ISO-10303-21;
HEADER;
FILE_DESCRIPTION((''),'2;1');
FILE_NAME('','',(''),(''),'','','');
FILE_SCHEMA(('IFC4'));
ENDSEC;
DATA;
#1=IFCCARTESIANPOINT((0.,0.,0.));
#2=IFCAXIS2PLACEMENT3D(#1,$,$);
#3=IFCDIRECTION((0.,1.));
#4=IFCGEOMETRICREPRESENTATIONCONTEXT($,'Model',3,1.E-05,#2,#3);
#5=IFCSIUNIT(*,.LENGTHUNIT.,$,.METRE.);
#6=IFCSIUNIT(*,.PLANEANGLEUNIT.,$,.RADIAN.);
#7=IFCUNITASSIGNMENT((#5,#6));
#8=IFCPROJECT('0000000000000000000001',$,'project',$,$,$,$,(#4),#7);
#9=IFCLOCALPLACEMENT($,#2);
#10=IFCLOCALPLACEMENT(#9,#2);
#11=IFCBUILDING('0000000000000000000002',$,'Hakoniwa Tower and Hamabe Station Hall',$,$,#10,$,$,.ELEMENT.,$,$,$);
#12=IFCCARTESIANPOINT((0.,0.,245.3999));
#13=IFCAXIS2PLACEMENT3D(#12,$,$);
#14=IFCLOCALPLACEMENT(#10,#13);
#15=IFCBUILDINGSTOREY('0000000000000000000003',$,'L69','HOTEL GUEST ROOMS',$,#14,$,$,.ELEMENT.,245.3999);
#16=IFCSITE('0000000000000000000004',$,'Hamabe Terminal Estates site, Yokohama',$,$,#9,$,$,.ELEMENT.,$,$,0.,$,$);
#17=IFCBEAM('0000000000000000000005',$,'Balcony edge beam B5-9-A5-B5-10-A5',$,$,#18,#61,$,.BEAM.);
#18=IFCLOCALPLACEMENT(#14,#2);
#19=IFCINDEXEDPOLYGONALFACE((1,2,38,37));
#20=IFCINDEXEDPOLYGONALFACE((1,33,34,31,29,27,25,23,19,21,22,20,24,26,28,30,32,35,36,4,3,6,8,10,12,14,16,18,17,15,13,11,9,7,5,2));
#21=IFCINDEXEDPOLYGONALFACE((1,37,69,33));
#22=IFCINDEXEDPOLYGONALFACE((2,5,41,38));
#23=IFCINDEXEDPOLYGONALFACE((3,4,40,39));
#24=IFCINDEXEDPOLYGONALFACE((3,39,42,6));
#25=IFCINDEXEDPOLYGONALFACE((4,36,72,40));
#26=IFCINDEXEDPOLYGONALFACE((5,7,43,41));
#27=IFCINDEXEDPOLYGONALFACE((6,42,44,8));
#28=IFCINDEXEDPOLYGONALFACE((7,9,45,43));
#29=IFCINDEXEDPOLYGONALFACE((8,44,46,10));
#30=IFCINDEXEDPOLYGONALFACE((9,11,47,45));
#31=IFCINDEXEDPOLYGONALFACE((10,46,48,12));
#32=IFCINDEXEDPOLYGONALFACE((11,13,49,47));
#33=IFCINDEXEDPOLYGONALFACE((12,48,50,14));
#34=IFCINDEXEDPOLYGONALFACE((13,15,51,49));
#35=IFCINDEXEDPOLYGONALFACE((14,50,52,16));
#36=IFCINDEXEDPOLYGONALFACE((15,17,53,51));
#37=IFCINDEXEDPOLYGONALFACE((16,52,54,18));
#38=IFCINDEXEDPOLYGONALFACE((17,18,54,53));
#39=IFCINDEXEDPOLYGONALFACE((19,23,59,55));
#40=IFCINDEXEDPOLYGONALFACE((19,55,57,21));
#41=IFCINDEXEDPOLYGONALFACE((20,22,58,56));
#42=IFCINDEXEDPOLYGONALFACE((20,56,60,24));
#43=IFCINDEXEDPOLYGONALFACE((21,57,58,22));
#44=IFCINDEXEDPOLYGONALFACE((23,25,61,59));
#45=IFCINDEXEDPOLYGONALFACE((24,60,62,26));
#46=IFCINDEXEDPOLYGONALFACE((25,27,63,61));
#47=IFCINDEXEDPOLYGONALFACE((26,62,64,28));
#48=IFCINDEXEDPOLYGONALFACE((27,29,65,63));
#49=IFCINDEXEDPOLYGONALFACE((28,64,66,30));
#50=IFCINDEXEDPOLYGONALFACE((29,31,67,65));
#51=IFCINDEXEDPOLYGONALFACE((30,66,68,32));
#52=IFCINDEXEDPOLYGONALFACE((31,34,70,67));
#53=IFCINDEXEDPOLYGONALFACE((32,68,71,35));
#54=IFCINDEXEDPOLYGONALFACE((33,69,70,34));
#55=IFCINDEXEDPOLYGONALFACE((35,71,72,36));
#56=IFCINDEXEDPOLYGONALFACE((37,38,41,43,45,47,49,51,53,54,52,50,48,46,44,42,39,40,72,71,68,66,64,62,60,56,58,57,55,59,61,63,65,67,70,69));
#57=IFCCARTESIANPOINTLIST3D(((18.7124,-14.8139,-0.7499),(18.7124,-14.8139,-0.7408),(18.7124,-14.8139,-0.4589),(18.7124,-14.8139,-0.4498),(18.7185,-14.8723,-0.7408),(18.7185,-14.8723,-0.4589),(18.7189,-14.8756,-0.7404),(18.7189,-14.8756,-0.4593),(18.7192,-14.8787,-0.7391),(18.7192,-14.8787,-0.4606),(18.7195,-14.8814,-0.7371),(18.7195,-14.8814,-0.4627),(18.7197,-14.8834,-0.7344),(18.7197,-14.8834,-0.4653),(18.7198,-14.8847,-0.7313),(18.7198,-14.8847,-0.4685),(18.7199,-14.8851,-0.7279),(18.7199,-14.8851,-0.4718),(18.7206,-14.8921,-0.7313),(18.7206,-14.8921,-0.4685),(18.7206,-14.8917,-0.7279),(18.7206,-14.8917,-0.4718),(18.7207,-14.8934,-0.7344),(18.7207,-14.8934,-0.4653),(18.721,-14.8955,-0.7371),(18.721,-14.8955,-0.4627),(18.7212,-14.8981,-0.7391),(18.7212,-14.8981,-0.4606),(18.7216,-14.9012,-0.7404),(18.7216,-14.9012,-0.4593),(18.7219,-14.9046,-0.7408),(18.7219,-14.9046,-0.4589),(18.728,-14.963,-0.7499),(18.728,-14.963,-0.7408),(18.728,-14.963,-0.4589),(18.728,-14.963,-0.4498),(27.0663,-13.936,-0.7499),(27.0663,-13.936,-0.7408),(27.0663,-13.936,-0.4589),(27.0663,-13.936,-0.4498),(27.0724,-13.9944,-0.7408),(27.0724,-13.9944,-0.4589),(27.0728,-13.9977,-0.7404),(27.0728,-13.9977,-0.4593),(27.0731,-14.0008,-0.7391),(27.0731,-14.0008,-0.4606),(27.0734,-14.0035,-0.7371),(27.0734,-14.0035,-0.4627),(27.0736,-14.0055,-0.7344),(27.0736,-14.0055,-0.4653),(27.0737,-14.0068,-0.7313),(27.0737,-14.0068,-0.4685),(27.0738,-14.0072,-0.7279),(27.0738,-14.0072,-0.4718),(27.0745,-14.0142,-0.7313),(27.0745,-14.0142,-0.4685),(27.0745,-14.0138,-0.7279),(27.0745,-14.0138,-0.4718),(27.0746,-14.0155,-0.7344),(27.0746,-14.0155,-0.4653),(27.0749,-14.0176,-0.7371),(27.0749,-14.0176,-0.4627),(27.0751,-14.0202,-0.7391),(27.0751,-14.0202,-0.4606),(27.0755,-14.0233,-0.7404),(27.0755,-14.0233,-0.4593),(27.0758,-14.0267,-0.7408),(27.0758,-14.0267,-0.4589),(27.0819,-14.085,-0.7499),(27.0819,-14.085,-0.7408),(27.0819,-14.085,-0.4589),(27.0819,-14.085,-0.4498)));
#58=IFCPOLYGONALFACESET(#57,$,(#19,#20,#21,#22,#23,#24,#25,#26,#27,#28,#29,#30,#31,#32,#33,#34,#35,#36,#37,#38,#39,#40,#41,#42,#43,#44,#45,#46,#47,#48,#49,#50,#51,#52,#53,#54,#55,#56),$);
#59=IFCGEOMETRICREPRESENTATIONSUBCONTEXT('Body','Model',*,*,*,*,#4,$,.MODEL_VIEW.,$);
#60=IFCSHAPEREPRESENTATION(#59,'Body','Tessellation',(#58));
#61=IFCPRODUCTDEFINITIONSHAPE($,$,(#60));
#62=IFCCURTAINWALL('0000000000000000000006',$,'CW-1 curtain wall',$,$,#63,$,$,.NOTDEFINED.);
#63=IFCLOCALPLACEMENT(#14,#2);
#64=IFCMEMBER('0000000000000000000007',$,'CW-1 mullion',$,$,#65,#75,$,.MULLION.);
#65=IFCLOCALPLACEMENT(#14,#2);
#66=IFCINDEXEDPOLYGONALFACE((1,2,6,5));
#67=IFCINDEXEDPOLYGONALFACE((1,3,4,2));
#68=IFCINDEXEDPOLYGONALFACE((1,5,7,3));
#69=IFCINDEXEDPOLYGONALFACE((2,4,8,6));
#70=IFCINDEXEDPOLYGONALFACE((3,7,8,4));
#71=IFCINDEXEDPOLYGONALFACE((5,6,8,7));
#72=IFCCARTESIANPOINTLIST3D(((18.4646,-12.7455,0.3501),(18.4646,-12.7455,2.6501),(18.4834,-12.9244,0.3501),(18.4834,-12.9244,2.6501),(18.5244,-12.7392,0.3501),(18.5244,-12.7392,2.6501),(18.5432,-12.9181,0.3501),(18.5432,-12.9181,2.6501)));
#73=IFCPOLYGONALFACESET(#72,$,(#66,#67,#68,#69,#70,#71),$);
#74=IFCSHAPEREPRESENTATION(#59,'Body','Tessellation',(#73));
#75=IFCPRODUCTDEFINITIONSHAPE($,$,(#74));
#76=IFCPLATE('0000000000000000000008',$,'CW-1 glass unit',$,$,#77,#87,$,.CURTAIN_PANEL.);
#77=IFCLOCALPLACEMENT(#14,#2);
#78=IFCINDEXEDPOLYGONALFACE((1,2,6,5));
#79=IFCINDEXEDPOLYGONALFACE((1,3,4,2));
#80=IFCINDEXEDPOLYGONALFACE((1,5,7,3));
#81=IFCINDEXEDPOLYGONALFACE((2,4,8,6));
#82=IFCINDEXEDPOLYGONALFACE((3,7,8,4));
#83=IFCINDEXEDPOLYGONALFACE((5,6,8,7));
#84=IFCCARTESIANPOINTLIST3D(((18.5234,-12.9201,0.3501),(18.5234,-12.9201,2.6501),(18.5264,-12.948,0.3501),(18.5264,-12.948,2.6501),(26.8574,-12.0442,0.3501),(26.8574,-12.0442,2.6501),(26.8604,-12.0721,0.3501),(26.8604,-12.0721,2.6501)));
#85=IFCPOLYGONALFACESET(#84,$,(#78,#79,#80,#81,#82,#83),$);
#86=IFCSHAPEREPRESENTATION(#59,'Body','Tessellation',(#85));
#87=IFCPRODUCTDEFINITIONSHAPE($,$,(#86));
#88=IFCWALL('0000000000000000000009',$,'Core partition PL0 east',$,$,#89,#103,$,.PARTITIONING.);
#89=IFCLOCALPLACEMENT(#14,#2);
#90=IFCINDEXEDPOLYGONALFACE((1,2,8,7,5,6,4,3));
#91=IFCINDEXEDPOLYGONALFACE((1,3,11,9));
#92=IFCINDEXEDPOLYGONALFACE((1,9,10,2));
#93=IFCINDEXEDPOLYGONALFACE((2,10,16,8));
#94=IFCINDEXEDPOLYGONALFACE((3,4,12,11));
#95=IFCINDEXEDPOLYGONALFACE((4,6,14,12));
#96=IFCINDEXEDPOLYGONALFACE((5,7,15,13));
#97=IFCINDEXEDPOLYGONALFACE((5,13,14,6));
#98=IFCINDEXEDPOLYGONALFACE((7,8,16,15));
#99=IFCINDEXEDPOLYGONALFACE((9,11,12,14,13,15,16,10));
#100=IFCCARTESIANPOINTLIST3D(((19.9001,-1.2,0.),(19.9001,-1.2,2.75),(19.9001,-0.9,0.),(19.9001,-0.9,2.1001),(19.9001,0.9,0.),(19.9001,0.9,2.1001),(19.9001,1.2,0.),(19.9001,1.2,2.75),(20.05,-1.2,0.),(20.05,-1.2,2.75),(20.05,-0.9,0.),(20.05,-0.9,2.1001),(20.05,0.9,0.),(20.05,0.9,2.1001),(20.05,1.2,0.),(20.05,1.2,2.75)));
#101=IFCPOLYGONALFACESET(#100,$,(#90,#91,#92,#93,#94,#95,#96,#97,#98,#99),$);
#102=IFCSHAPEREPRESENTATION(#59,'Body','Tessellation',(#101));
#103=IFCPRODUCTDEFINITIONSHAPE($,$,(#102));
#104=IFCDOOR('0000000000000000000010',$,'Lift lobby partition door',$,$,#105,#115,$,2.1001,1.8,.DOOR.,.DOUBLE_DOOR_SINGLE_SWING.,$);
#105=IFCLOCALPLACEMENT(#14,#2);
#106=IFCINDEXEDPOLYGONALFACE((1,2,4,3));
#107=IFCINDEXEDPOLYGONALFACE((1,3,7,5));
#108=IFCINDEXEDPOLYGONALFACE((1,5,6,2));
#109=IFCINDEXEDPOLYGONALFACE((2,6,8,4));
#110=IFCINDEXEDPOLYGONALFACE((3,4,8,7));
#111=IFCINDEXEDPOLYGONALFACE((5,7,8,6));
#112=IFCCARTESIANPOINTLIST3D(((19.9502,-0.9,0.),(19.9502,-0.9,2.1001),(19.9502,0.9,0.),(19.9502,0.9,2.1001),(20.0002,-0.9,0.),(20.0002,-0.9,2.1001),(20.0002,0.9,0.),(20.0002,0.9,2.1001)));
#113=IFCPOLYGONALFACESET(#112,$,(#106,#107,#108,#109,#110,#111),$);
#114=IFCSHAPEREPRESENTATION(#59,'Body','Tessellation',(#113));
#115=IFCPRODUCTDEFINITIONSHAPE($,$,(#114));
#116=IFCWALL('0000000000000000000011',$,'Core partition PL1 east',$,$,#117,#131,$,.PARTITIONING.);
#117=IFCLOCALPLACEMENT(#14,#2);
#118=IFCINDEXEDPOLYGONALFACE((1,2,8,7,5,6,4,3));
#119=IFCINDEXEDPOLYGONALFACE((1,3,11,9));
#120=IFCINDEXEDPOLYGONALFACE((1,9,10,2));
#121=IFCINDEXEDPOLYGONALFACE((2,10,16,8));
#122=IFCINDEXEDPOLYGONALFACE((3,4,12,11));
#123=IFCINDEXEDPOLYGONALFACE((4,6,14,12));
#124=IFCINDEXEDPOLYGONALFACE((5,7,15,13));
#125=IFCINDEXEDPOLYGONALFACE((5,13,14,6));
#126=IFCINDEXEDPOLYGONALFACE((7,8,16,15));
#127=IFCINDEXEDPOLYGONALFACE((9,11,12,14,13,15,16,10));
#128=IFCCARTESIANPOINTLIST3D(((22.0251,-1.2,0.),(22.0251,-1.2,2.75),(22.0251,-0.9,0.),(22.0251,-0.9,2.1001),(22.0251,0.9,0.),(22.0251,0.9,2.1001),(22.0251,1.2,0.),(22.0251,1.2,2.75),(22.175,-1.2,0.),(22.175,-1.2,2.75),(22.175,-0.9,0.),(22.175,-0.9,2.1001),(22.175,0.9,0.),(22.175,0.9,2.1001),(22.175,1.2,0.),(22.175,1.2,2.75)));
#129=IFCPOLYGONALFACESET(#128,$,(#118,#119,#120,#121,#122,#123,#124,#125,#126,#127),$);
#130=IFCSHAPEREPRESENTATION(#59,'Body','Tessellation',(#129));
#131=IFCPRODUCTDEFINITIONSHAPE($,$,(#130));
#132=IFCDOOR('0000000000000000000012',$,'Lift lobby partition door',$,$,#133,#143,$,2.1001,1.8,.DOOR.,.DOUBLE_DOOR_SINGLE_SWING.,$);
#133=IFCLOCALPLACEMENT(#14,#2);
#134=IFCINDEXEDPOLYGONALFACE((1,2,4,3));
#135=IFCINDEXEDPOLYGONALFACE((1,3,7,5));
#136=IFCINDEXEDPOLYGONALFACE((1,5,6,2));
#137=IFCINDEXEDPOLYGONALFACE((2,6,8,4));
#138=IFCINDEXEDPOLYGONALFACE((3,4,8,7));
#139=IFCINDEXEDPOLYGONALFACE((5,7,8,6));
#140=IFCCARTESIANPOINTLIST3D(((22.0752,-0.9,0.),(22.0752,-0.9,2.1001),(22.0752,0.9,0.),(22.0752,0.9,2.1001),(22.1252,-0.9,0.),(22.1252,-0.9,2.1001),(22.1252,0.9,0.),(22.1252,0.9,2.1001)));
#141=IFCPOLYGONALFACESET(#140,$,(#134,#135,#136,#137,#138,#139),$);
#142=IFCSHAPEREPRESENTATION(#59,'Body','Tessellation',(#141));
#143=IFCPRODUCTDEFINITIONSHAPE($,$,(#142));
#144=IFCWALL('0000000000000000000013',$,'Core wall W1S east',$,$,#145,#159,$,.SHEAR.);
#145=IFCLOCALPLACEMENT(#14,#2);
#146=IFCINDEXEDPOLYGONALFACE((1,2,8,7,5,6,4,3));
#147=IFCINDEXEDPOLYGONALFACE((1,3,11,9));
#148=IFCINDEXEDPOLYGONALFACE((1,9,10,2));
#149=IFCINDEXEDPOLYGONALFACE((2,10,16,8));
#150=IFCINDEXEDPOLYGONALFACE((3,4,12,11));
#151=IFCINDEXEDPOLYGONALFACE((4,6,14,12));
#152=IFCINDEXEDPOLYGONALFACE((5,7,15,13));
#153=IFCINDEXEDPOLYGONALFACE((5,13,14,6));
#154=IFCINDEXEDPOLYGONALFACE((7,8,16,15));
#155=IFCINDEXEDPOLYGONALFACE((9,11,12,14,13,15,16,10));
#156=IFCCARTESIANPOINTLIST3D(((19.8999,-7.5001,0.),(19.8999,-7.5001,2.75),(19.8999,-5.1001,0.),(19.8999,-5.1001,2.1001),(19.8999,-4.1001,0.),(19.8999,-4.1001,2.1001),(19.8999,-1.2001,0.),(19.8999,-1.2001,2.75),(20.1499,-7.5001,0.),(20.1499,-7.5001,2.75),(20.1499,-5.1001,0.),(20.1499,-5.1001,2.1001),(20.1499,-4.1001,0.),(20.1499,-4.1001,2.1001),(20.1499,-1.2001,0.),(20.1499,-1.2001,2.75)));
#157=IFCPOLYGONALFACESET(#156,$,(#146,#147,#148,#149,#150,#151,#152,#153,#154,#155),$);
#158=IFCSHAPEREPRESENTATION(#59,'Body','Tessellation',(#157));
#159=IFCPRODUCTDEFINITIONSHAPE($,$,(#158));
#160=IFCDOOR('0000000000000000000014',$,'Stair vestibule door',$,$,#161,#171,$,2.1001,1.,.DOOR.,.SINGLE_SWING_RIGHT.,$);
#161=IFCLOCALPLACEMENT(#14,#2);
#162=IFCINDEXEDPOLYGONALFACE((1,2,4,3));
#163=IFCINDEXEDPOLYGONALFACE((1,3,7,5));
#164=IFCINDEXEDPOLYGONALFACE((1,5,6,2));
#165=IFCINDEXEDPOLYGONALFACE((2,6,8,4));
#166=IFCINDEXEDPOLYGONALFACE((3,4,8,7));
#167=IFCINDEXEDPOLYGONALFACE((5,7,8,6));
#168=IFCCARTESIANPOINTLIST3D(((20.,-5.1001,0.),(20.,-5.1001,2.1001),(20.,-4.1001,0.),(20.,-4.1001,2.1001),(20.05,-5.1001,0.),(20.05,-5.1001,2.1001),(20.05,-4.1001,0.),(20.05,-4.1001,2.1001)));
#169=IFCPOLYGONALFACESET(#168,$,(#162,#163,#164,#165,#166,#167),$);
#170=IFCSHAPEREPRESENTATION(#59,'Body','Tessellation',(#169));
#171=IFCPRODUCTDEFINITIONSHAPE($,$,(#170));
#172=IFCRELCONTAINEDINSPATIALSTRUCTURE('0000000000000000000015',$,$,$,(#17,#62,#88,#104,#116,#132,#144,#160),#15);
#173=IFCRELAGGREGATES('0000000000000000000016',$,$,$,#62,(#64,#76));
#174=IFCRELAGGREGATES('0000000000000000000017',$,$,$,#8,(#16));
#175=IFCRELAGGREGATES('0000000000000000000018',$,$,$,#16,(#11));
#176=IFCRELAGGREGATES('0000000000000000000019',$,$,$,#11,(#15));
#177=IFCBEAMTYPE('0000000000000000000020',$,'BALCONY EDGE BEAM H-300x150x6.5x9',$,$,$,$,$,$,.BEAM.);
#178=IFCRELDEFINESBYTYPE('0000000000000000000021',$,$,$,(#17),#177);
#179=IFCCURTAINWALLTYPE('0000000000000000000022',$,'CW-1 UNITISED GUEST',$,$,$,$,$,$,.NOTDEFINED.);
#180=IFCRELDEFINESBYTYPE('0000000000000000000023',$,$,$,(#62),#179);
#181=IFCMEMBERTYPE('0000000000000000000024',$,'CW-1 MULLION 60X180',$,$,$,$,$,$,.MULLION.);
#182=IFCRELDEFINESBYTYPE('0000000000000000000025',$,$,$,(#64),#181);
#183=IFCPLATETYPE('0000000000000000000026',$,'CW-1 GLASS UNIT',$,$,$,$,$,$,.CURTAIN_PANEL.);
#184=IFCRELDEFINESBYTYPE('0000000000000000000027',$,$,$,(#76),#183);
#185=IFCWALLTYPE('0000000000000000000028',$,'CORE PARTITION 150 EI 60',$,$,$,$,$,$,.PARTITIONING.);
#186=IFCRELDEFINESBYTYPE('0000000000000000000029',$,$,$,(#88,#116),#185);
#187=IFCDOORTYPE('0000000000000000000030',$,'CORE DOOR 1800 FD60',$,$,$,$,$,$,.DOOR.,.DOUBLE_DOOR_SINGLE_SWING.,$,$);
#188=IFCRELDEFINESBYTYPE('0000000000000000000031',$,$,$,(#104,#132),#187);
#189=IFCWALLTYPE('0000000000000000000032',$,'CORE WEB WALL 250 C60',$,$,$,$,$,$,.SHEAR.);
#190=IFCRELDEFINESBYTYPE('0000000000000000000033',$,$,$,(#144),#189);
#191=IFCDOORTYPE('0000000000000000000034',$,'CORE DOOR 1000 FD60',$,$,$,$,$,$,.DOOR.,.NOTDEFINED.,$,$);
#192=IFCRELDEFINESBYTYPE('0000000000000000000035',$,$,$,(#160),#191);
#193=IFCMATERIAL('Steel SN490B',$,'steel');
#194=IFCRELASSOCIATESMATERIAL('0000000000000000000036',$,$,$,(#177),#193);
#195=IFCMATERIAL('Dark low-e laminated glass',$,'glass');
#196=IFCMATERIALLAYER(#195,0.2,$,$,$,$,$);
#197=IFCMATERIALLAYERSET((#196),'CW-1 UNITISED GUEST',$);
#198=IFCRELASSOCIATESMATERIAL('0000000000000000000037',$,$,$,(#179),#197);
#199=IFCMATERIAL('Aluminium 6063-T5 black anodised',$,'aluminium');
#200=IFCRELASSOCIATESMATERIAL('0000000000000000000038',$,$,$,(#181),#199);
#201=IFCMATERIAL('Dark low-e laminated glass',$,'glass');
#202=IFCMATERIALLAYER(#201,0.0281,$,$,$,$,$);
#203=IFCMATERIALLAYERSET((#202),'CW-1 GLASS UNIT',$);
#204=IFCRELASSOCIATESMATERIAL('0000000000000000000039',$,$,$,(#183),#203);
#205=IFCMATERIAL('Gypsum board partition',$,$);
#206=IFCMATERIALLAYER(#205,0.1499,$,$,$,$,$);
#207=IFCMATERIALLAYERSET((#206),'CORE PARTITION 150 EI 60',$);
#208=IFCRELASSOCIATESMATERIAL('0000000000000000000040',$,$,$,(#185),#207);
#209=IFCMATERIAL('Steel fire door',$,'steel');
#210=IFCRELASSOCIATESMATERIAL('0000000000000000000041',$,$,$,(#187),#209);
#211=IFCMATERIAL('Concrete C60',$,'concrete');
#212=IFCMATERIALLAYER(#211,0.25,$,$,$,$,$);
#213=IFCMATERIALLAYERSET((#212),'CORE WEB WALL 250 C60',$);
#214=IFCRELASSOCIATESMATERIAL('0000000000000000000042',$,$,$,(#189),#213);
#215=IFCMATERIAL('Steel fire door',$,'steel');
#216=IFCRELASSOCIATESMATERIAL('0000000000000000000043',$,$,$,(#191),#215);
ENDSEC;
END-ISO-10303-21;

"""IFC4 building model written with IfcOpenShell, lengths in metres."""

from ifc_helpers import new_model, si_unit, direction, frame, frame_2d, origin, origin_2d, place, context, subcontext, project, spatial, rectangle, i_section, extrude, material, layer, layer_set, material_profile, profile_set, type_object, element, fill, aggregate, save


model = new_model("IFC4")

# Units and contexts
model_context = context("Model", 3, precision=1e-05, world=origin(), true_north=direction((0.0, 1.0)))
body_context = subcontext(model_context, "Body", "Model", "MODEL_VIEW")
ifc_project = project(units=[si_unit("LENGTHUNIT", "METRE"), si_unit("PLANEANGLEUNIT", "RADIAN")], contexts=[model_context])

# Site, building, storey
site_placement = place(None, origin())
site = spatial("IfcSite", under=ifc_project, at=site_placement, Name="Hamabe Terminal Estates site, Yokohama", CompositionType="ELEMENT", RefElevation=0.0)
building_placement = place(site_placement, origin())
building = spatial("IfcBuilding", under=site, at=building_placement, Name="Hakoniwa Tower and Hamabe Station Hall", CompositionType="ELEMENT")
storey_placement = place(building_placement, frame((0.0, 0.0, 245.3999)))
storey = spatial("IfcBuildingStorey", under=building, at=storey_placement, Name="L69", Description="HOTEL GUEST ROOMS", CompositionType="ELEMENT", Elevation=245.3999)

# Beam
ifc_material_1 = material(Name="Steel SN490B", Category="steel")
ifc_material_profile_1 = material_profile(ifc_material_1, i_section(OverallWidth=0.1499, OverallDepth=0.3, WebThickness=0.0066, FlangeThickness=0.009, FilletRadius=0.0129, at=origin_2d()), Name="H-300x150x6.5x9")
ifc_profile_set_1 = profile_set([ifc_material_profile_1], Name="Steel SN490B")
beam_type_1 = type_object("IfcBeamType", Name="BALCONY EDGE BEAM H-300x150x6.5x9", PredefinedType="BEAM", material=ifc_profile_set_1)
beam_placement = place(storey_placement, frame((18.7202, -14.8884, -0.5999), z_axis=(0.994523, 0.104515, 0.0), x_axis=(-0.104515, 0.994523, 0.0)))
element("IfcBeam", 1, at=beam_placement, inside=storey, type_object=beam_type_1, Name="Balcony edge beam B5-9-A5-B5-10-A5", PredefinedType="BEAM", context=body_context, shape_type="SweptSolid", body=[
    extrude(i_section(OverallWidth=0.1499, OverallDepth=0.3, WebThickness=0.0066, FlangeThickness=0.009, FilletRadius=0.0129, at=origin_2d()), origin(), (0.0, 0.0, 1.0), 8.3999),
])

# Curtain wall, member, plate
ifc_material_2 = material(Name="Dark low-e laminated glass", Category="glass")
ifc_layer_1 = layer(ifc_material_2, 0.2)
ifc_layer_set_1 = layer_set([ifc_layer_1], Name="CW-1 UNITISED GUEST")
curtain_wall_type = type_object("IfcCurtainWallType", Name="CW-1 UNITISED GUEST", PredefinedType="NOTDEFINED", material=ifc_layer_set_1)
curtain_wall_placement = place(storey_placement, origin())
curtain_wall = element("IfcCurtainWall", 2, at=curtain_wall_placement, inside=storey, type_object=curtain_wall_type, Name="CW-1 curtain wall", PredefinedType="NOTDEFINED")
ifc_material_3 = material(Name="Aluminium 6063-T5 black anodised", Category="aluminium")
ifc_material_profile_2 = material_profile(ifc_material_3, rectangle(XDim=0.0601, YDim=0.1799, at=origin_2d()), Name="CW-1 MULLION 60X180")
ifc_profile_set_2 = profile_set([ifc_material_profile_2], Name="Aluminium 6063-T5 black anodised")
member_type = type_object("IfcMemberType", Name="CW-1 MULLION 60X180", PredefinedType="MULLION", material=ifc_profile_set_2)
member_placement = place(storey_placement, frame((18.5039, -12.8318, 0.3501), z_axis=(0.0, 0.0, 1.0), x_axis=(0.994522, 0.104528, 0.0)))
member = element("IfcMember", 3, at=member_placement, type_object=member_type, Name="CW-1 mullion", PredefinedType="MULLION", context=body_context, shape_type="SweptSolid", body=[
    extrude(rectangle(XDim=0.0601, YDim=0.1799, at=origin_2d()), origin(), (0.0, 0.0, 1.0), 2.3),
])
ifc_material_4 = material(Name="Dark low-e laminated glass", Category="glass")
ifc_layer_2 = layer(ifc_material_4, 0.0281)
ifc_layer_set_2 = layer_set([ifc_layer_2], Name="CW-1 GLASS UNIT")
plate_type = type_object("IfcPlateType", Name="CW-1 GLASS UNIT", PredefinedType="CURTAIN_PANEL", material=ifc_layer_set_2)
plate_placement = place(storey_placement, frame((22.6919, -12.4961, 0.3501), z_axis=(0.0, 0.0, 1.0), x_axis=(0.994522, 0.104528, 0.0)))
plate = element("IfcPlate", 4, at=plate_placement, type_object=plate_type, Name="CW-1 glass unit", PredefinedType="CURTAIN_PANEL", context=body_context, shape_type="SweptSolid", body=[
    extrude(rectangle(XDim=8.3799, YDim=0.0281, at=origin_2d()), origin(), (0.0, 0.0, 1.0), 2.3),
])
aggregate(curtain_wall, [member, plate])

# Walls, openings, doors
ifc_material_5 = material(Name="Gypsum board partition")
ifc_layer_3 = layer(ifc_material_5, 0.1499)
ifc_layer_set_3 = layer_set([ifc_layer_3], Name="CORE PARTITION 150 EI 60")
wall_type_1 = type_object("IfcWallType", Name="CORE PARTITION 150 EI 60", PredefinedType="PARTITIONING", material=ifc_layer_set_3)
wall_1_placement = place(storey_placement, frame((19.9751, -1.2, 0.0), z_axis=(0.0, 0.0, 1.0), x_axis=(0.0, 1.0, 0.0)))
wall_1 = element("IfcWall", 5, at=wall_1_placement, inside=storey, type_object=wall_type_1, Name="Core partition PL0 east", PredefinedType="PARTITIONING", context=body_context, shape_type="SweptSolid", body=[
    extrude(rectangle(XDim=2.3999, YDim=0.1499, at=frame_2d((1.2, 0.0))), origin(), (0.0, 0.0, 1.0), 2.75),
])
opening_1_placement = place(wall_1_placement, frame((0.3, 0.0, 0.0)))
opening_1 = element("IfcOpeningElement", 6, at=opening_1_placement, cuts=wall_1, PredefinedType="OPENING", context=body_context, shape_type="SweptSolid", body=[
    extrude(rectangle(XDim=1.8, YDim=2.1001, at=frame_2d((0.8999, 1.05))), frame((0.0, 0.085, 0.0), z_axis=(0.0, -1.0, 0.0), x_axis=(1.0, 0.0, 0.0)), (0.0, 0.0, 1.0), 0.1699),
])
ifc_material_6 = material(Name="Steel fire door", Category="steel")
door_type_1 = type_object("IfcDoorType", Name="CORE DOOR 1800 FD60", OperationType="DOUBLE_DOOR_SINGLE_SWING", PredefinedType="DOOR", material=ifc_material_6)
door_1_placement = place(opening_1_placement, origin())
door_1 = element("IfcDoor", 7, at=door_1_placement, inside=storey, type_object=door_type_1, Name="Lift lobby partition door", OperationType="DOUBLE_DOOR_SINGLE_SWING", OverallHeight=2.1001, OverallWidth=1.8, PredefinedType="DOOR", context=body_context, shape_type="SweptSolid", body=[
    extrude(rectangle(XDim=1.8, YDim=2.1001, at=frame_2d((0.8999, 1.05))), frame((0.0, 0.0249, 0.0), z_axis=(0.0, -1.0, 0.0), x_axis=(1.0, 0.0, 0.0)), (0.0, 0.0, 1.0), 0.05),
])
fill(opening_1, door_1)
wall_2_placement = place(storey_placement, frame((22.1001, -1.2, 0.0), z_axis=(0.0, 0.0, 1.0), x_axis=(0.0, 1.0, 0.0)))
wall_2 = element("IfcWall", 8, at=wall_2_placement, inside=storey, type_object=wall_type_1, Name="Core partition PL1 east", PredefinedType="PARTITIONING", context=body_context, shape_type="SweptSolid", body=[
    extrude(rectangle(XDim=2.3999, YDim=0.1499, at=frame_2d((1.2, 0.0))), origin(), (0.0, 0.0, 1.0), 2.75),
])
opening_2_placement = place(wall_2_placement, frame((0.3, 0.0, 0.0)))
opening_2 = element("IfcOpeningElement", 9, at=opening_2_placement, cuts=wall_2, PredefinedType="OPENING", context=body_context, shape_type="SweptSolid", body=[
    extrude(rectangle(XDim=1.8, YDim=2.1001, at=frame_2d((0.8999, 1.05))), frame((0.0, 0.085, 0.0), z_axis=(0.0, -1.0, 0.0), x_axis=(1.0, 0.0, 0.0)), (0.0, 0.0, 1.0), 0.1699),
])
door_2_placement = place(opening_2_placement, origin())
door_2 = element("IfcDoor", 10, at=door_2_placement, inside=storey, type_object=door_type_1, Name="Lift lobby partition door", OperationType="DOUBLE_DOOR_SINGLE_SWING", OverallHeight=2.1001, OverallWidth=1.8, PredefinedType="DOOR", context=body_context, shape_type="SweptSolid", body=[
    extrude(rectangle(XDim=1.8, YDim=2.1001, at=frame_2d((0.8999, 1.05))), frame((0.0, 0.0249, 0.0), z_axis=(0.0, -1.0, 0.0), x_axis=(1.0, 0.0, 0.0)), (0.0, 0.0, 1.0), 0.05),
])
fill(opening_2, door_2)
ifc_material_7 = material(Name="Concrete C60", Category="concrete")
ifc_layer_4 = layer(ifc_material_7, 0.25)
ifc_layer_set_4 = layer_set([ifc_layer_4], Name="CORE WEB WALL 250 C60")
wall_type_2 = type_object("IfcWallType", Name="CORE WEB WALL 250 C60", PredefinedType="SHEAR", material=ifc_layer_set_4)
wall_3_placement = place(storey_placement, frame((20.0249, -7.5, 0.0), z_axis=(0.0, 0.0, 1.0), x_axis=(0.0, 1.0, 0.0)))
wall_3 = element("IfcWall", 11, at=wall_3_placement, inside=storey, type_object=wall_type_2, Name="Core wall W1S east", PredefinedType="SHEAR", context=body_context, shape_type="SweptSolid", body=[
    extrude(rectangle(XDim=6.3, YDim=0.25, at=frame_2d((3.1499, 0.0))), origin(), (0.0, 0.0, 1.0), 2.75),
])
opening_3_placement = place(wall_3_placement, frame((2.3999, 0.0, 0.0)))
opening_3 = element("IfcOpeningElement", 12, at=opening_3_placement, cuts=wall_3, PredefinedType="OPENING", context=body_context, shape_type="SweptSolid", body=[
    extrude(rectangle(XDim=1.0, YDim=2.1001, at=frame_2d((0.5, 1.05))), frame((0.0, 0.135, 0.0), z_axis=(0.0, -1.0, 0.0), x_axis=(1.0, 0.0, 0.0)), (0.0, 0.0, 1.0), 0.27),
])
ifc_material_8 = material(Name="Steel fire door", Category="steel")
door_type_2 = type_object("IfcDoorType", Name="CORE DOOR 1000 FD60", OperationType="NOTDEFINED", PredefinedType="DOOR", material=ifc_material_8)
door_3_placement = place(opening_3_placement, origin())
door_3 = element("IfcDoor", 13, at=door_3_placement, inside=storey, type_object=door_type_2, Name="Stair vestibule door", OperationType="SINGLE_SWING_RIGHT", OverallHeight=2.1001, OverallWidth=1.0, PredefinedType="DOOR", context=body_context, shape_type="SweptSolid", body=[
    extrude(rectangle(XDim=1.0, YDim=2.1001, at=frame_2d((0.5, 1.05))), frame((0.0, 0.0249, 0.0), z_axis=(0.0, -1.0, 0.0), x_axis=(1.0, 0.0, 0.0)), (0.0, 0.0, 1.0), 0.05),
])
fill(opening_3, door_3)

save(model, "model.ifc")
